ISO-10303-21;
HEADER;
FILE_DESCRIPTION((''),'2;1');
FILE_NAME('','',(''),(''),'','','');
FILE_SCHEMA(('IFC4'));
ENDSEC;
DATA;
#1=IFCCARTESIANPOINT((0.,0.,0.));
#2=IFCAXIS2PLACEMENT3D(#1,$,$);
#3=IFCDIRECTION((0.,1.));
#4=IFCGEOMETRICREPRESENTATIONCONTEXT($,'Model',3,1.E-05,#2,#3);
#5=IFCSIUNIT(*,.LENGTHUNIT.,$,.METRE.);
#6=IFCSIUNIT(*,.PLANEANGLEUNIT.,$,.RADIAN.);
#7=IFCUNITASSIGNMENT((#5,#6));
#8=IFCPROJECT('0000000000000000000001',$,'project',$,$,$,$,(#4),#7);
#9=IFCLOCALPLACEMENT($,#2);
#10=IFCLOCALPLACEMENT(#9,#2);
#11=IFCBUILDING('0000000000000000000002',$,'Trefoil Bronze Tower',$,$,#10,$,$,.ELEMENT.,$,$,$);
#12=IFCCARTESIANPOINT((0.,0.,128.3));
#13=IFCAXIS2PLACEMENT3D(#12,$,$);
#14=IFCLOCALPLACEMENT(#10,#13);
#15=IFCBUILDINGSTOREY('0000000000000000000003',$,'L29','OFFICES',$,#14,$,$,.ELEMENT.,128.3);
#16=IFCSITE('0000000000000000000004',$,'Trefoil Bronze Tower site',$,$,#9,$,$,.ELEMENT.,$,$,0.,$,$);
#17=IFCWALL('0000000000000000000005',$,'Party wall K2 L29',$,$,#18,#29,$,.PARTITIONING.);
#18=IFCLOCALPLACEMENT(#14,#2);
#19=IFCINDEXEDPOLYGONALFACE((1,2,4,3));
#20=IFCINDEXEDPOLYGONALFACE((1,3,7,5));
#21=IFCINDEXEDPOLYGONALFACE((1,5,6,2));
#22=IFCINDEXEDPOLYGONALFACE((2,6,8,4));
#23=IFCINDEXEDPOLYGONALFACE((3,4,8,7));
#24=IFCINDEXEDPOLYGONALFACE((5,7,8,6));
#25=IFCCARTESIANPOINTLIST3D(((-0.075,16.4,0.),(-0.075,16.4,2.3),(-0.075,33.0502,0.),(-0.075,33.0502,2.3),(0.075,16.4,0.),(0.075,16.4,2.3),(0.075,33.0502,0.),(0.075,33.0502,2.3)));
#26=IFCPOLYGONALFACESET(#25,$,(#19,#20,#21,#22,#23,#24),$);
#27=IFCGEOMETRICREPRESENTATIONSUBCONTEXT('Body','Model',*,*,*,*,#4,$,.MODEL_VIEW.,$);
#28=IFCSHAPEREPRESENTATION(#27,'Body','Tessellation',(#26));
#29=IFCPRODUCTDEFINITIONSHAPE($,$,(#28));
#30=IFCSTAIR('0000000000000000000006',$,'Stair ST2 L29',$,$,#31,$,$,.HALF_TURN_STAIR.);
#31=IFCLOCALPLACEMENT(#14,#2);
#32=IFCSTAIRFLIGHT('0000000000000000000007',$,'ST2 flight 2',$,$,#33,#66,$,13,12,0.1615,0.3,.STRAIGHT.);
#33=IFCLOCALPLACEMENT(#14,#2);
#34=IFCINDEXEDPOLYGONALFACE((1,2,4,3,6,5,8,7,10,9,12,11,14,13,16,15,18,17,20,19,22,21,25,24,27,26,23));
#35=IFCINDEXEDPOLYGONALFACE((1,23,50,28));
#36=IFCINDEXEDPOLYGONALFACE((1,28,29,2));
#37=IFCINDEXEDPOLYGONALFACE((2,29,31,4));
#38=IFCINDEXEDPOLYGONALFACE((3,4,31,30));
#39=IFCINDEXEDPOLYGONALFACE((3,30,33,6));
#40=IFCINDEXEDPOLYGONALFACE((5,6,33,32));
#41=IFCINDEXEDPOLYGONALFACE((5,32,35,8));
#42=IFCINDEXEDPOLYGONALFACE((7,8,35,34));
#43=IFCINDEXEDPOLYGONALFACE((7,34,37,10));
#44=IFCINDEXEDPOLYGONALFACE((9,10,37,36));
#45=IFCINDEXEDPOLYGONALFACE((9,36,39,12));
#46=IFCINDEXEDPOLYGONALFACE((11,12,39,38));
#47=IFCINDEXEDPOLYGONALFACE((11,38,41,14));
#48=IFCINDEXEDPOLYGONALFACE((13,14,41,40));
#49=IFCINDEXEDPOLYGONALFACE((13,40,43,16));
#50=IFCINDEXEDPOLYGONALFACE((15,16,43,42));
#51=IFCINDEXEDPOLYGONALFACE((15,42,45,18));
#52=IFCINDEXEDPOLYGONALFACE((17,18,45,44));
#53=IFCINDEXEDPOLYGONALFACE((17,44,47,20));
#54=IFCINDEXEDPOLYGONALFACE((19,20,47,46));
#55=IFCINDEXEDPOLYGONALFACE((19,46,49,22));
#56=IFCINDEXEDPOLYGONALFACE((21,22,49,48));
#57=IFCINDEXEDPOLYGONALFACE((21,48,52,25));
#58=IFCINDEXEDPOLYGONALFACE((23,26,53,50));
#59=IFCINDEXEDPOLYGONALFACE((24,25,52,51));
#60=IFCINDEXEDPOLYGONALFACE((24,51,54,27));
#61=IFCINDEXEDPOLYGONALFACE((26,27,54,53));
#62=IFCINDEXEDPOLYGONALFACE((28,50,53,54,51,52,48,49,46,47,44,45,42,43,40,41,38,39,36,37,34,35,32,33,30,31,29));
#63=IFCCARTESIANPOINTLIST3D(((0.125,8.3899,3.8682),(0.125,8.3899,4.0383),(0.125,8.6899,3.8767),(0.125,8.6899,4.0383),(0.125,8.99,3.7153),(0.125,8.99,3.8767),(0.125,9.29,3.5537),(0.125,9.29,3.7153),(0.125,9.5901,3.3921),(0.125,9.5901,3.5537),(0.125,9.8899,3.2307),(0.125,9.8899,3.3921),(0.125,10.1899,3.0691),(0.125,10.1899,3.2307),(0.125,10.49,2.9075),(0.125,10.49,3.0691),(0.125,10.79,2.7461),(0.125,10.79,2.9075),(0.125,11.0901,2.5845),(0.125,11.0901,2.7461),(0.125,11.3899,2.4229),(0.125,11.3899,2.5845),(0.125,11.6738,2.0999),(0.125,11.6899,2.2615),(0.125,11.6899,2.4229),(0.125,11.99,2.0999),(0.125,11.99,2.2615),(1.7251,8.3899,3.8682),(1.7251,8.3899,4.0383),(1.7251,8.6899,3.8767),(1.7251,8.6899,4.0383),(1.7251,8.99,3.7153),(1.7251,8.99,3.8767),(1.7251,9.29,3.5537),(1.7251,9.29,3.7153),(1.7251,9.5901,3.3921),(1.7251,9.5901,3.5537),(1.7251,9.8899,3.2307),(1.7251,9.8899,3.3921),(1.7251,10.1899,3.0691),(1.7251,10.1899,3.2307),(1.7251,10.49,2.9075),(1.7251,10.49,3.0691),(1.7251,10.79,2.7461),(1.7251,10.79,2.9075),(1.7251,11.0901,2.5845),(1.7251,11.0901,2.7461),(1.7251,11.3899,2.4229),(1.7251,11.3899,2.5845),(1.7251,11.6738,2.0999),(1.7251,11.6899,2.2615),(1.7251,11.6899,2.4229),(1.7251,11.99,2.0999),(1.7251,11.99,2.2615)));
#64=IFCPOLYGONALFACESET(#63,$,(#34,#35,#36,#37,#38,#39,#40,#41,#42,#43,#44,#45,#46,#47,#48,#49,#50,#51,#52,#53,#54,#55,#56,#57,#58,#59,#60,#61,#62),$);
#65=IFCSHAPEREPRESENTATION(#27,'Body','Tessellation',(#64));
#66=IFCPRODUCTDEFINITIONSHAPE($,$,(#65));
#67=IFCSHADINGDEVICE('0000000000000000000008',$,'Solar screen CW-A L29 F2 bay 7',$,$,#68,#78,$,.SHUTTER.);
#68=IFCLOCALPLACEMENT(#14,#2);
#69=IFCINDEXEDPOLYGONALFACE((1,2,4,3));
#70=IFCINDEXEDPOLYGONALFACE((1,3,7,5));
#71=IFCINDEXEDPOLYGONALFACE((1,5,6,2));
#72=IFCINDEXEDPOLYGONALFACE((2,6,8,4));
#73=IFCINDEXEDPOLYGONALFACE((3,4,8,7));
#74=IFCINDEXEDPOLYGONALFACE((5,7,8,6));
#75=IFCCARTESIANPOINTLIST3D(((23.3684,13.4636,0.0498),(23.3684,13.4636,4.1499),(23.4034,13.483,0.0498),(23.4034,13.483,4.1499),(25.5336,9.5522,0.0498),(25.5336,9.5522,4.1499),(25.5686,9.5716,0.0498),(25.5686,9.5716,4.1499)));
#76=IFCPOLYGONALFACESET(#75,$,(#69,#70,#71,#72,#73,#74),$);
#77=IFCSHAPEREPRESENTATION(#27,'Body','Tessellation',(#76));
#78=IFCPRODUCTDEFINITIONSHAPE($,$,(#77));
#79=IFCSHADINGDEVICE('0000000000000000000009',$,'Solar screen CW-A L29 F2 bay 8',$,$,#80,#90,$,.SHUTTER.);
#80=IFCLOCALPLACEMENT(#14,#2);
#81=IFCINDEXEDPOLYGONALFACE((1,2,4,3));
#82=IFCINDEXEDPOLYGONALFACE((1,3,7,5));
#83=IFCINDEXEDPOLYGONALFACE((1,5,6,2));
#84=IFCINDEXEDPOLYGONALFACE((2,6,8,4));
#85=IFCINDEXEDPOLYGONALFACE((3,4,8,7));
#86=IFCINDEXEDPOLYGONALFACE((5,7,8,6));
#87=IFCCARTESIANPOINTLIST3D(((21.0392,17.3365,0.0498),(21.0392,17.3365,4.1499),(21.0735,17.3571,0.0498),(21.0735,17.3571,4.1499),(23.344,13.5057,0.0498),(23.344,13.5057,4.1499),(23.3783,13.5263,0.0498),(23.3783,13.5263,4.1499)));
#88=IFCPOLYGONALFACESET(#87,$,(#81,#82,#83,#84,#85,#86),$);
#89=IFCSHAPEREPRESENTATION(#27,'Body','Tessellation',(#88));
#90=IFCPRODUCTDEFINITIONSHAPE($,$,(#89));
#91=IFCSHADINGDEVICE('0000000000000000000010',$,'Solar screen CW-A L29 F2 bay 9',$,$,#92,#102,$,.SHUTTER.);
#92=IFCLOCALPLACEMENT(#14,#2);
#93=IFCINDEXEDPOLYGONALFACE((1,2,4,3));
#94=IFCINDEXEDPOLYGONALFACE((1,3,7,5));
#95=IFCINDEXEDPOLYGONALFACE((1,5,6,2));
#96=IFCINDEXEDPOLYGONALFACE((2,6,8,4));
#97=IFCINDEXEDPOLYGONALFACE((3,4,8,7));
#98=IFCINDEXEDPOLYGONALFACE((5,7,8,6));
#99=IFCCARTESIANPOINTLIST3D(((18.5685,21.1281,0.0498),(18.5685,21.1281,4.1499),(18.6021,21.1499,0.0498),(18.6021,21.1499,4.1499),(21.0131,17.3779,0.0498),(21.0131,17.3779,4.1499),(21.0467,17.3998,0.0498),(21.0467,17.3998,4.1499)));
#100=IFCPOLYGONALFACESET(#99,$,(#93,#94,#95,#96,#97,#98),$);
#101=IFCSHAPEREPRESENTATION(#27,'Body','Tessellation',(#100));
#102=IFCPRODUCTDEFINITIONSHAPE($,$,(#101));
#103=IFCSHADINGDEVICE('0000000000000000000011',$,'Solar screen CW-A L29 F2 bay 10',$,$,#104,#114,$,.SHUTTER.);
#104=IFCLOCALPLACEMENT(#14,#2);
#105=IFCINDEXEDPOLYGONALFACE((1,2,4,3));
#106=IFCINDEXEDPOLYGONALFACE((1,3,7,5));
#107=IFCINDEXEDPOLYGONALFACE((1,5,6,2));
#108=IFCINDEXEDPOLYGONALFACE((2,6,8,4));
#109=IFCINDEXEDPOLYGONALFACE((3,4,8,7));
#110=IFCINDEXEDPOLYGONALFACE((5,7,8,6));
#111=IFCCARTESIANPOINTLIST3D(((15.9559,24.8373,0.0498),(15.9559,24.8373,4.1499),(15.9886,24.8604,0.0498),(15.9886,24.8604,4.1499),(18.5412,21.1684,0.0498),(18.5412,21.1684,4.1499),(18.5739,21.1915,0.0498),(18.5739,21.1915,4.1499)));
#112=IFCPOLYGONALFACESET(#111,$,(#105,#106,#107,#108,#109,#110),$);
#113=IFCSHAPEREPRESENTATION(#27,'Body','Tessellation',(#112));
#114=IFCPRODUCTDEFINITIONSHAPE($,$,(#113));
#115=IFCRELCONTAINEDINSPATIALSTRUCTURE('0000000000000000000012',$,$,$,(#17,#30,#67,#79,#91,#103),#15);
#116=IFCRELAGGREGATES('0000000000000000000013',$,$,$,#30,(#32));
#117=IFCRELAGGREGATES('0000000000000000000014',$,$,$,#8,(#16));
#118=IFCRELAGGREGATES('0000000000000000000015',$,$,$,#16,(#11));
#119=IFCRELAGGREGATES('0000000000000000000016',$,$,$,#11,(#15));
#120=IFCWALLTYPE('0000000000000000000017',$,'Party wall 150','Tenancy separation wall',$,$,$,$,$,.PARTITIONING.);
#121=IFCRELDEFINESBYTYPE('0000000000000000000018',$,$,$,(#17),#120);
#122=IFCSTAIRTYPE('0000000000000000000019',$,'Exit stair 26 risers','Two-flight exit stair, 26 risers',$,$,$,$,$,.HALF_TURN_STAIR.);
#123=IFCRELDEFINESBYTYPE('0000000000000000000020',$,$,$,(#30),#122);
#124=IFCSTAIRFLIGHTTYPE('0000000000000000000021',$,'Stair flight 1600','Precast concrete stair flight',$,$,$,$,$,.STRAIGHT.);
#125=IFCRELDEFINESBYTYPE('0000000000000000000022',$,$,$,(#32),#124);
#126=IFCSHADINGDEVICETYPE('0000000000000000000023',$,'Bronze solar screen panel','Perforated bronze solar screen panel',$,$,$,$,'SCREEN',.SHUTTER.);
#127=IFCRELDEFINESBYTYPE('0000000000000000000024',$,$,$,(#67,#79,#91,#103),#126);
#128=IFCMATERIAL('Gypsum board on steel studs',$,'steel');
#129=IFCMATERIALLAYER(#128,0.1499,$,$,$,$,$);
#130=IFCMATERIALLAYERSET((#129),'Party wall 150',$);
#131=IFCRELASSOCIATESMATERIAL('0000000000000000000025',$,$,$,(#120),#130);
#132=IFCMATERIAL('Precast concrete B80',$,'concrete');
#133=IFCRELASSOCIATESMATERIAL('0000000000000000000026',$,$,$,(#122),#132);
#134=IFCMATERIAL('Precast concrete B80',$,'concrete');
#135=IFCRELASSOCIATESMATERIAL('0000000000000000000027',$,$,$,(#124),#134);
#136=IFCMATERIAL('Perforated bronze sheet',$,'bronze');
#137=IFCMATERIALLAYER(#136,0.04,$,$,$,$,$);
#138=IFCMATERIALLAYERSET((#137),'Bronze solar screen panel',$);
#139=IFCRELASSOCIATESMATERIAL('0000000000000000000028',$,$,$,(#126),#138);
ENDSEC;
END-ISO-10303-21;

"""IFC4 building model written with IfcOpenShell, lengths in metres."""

from ifc_helpers import new_model, si_unit, direction, frame, frame_2d, origin, origin_2d, place, context, subcontext, project, spatial, polyline, rectangle, outline, extrude, material, layer, layer_set, type_object, element, aggregate, save


model = new_model("IFC4")

# Units and contexts
model_context = context("Model", 3, precision=1e-05, world=origin(), true_north=direction((0.0, 1.0)))
body_context = subcontext(model_context, "Body", "Model", "MODEL_VIEW")
ifc_project = project(units=[si_unit("LENGTHUNIT", "METRE"), si_unit("PLANEANGLEUNIT", "RADIAN")], contexts=[model_context])

# Site, building, storey
site_placement = place(None, origin())
site = spatial("IfcSite", under=ifc_project, at=site_placement, Name="Trefoil Bronze Tower site", CompositionType="ELEMENT", RefElevation=0.0)
building_placement = place(site_placement, origin())
building = spatial("IfcBuilding", under=site, at=building_placement, Name="Trefoil Bronze Tower", CompositionType="ELEMENT")
storey_placement = place(building_placement, frame((0.0, 0.0, 128.3)))
storey = spatial("IfcBuildingStorey", under=building, at=storey_placement, Name="L29", Description="OFFICES", CompositionType="ELEMENT", Elevation=128.3)

# Wall
ifc_material_1 = material(Name="Gypsum board on steel studs", Category="steel")
ifc_layer_1 = layer(ifc_material_1, 0.1499)
ifc_layer_set_1 = layer_set([ifc_layer_1], Name="Party wall 150")
wall_type_1 = type_object("IfcWallType", Name="Party wall 150", Description="Tenancy separation wall", PredefinedType="PARTITIONING", material=ifc_layer_set_1)
wall_1_placement = place(storey_placement, frame((0.0, 16.3999, 0.0), z_axis=(0.0, 0.0, 1.0), x_axis=(0.0, 1.0, 0.0)))
element("IfcWall", 1, at=wall_1_placement, inside=storey, type_object=wall_type_1, Name="Party wall K2 L29", PredefinedType="PARTITIONING", context=body_context, shape_type="SweptSolid", body=[
    extrude(rectangle(XDim=16.6501, YDim=0.1499, at=frame_2d((8.3252, 0.0))), origin(), (0.0, 0.0, 1.0), 2.3),
])

# Stair, stair flight
ifc_material_2 = material(Name="Precast concrete B80", Category="concrete")
stair_type = type_object("IfcStairType", Name="Exit stair 26 risers", Description="Two-flight exit stair, 26 risers", PredefinedType="HALF_TURN_STAIR", material=ifc_material_2)
stair_placement = place(storey_placement, origin())
stair = element("IfcStair", 2, at=stair_placement, inside=storey, type_object=stair_type, Name="Stair ST2 L29", PredefinedType="HALF_TURN_STAIR")
ifc_material_3 = material(Name="Precast concrete B80", Category="concrete")
stair_flight_type = type_object("IfcStairFlightType", Name="Stair flight 1600", Description="Precast concrete stair flight", PredefinedType="STRAIGHT", material=ifc_material_3)
stair_flight_placement = place(storey_placement, frame((0.925, 11.99, 2.0999), z_axis=(0.0, 0.0, 1.0), x_axis=(0.0, -1.0, 0.0)))
stair_flight = element("IfcStairFlight", 3, at=stair_flight_placement, type_object=stair_flight_type, Name="ST2 flight 2", NumberOfRisers=13, NumberOfTreads=12, PredefinedType="STRAIGHT", RiserHeight=0.1615, TreadLength=0.3, context=body_context, shape_type="SweptSolid", body=[
    extrude(outline(polyline([(0.0, 0.0), (0.0, 0.1616), (0.3, 0.1616), (0.3, 0.323), (0.6001, 0.323), (0.6001, 0.4846), (0.8999, 0.4846), (0.8999, 0.6462), (1.2, 0.6462), (1.2, 0.8076), (1.5, 0.8076), (1.5, 0.9692), (1.8, 0.9692), (1.8, 1.1309), (2.1001, 1.1309), (2.1001, 1.2922), (2.3999, 1.2922), (2.3999, 1.4539), (2.7, 1.4539), (2.7, 1.6155), (3.0, 1.6155), (3.0, 1.7769), (3.3, 1.7769), (3.3, 1.9385), (3.6001, 1.9385), (3.6001, 2.1001), (3.6001, 1.7683), (0.3162, 0.0), (0.0, 0.0)])), frame((0.0, 0.8, 0.0), z_axis=(0.0, -1.0, 0.0), x_axis=(1.0, 0.0, 0.0)), (0.0, 0.0, 1.0), 1.6001),
])
aggregate(stair, [stair_flight])

# Shading devices
ifc_material_4 = material(Name="Perforated bronze sheet", Category="bronze")
ifc_layer_2 = layer(ifc_material_4, 0.04)
ifc_layer_set_2 = layer_set([ifc_layer_2], Name="Bronze solar screen panel")
shading_device_type = type_object("IfcShadingDeviceType", Name="Bronze solar screen panel", Description="Perforated bronze solar screen panel", ElementType="SCREEN", PredefinedType="SHUTTER", material=ifc_layer_set_2)
for number, where, z_axis, x_axis, name in (
    (4, (24.4685, 11.5176, 0.0498), (0.0, 0.0, 1.0), (-0.484312, 0.874895, 0.0), "Solar screen CW-A L29 F2 bay 7"),
    (5, (22.2087, 15.4314, 0.0498), (0.0, 0.0, 1.0), (-0.515525, 0.856874, 0.0), "Solar screen CW-A L29 F2 bay 8"),
):
    element("IfcShadingDevice", number, at=place(storey_placement, frame(where, z_axis=z_axis, x_axis=x_axis)), inside=storey, type_object=shading_device_type, Name=name, PredefinedType="SHUTTER", context=body_context, shape_type="SweptSolid", body=[
        extrude(rectangle(XDim=4.4707, YDim=0.04, at=origin_2d()), origin(), (0.0, 0.0, 1.0), 4.1001),
    ])
shading_device_1_placement = place(storey_placement, frame((19.8076, 19.2639, 0.0498), z_axis=(0.0, 0.0, 1.0), x_axis=(-0.546089, 0.837727, 0.0)))
element("IfcShadingDevice", 6, at=shading_device_1_placement, inside=storey, type_object=shading_device_type, Name="Solar screen CW-A L29 F2 bay 9", PredefinedType="SHUTTER", context=body_context, shape_type="SweptSolid", body=[
    extrude(rectangle(XDim=4.4766, YDim=0.04, at=origin_2d()), origin(), (0.0, 0.0, 1.0), 4.1001),
])
shading_device_2_placement = place(storey_placement, frame((17.2649, 23.0144, 0.0498), z_axis=(0.0, 0.0, 1.0), x_axis=(-0.575999, 0.81745, 0.0)))
element("IfcShadingDevice", 7, at=shading_device_2_placement, inside=storey, type_object=shading_device_type, Name="Solar screen CW-A L29 F2 bay 10", PredefinedType="SHUTTER", context=body_context, shape_type="SweptSolid", body=[
    extrude(rectangle(XDim=4.4883, YDim=0.04, at=origin_2d()), origin(), (0.0, 0.0, 1.0), 4.1001),
])

save(model, "model.ifc")
